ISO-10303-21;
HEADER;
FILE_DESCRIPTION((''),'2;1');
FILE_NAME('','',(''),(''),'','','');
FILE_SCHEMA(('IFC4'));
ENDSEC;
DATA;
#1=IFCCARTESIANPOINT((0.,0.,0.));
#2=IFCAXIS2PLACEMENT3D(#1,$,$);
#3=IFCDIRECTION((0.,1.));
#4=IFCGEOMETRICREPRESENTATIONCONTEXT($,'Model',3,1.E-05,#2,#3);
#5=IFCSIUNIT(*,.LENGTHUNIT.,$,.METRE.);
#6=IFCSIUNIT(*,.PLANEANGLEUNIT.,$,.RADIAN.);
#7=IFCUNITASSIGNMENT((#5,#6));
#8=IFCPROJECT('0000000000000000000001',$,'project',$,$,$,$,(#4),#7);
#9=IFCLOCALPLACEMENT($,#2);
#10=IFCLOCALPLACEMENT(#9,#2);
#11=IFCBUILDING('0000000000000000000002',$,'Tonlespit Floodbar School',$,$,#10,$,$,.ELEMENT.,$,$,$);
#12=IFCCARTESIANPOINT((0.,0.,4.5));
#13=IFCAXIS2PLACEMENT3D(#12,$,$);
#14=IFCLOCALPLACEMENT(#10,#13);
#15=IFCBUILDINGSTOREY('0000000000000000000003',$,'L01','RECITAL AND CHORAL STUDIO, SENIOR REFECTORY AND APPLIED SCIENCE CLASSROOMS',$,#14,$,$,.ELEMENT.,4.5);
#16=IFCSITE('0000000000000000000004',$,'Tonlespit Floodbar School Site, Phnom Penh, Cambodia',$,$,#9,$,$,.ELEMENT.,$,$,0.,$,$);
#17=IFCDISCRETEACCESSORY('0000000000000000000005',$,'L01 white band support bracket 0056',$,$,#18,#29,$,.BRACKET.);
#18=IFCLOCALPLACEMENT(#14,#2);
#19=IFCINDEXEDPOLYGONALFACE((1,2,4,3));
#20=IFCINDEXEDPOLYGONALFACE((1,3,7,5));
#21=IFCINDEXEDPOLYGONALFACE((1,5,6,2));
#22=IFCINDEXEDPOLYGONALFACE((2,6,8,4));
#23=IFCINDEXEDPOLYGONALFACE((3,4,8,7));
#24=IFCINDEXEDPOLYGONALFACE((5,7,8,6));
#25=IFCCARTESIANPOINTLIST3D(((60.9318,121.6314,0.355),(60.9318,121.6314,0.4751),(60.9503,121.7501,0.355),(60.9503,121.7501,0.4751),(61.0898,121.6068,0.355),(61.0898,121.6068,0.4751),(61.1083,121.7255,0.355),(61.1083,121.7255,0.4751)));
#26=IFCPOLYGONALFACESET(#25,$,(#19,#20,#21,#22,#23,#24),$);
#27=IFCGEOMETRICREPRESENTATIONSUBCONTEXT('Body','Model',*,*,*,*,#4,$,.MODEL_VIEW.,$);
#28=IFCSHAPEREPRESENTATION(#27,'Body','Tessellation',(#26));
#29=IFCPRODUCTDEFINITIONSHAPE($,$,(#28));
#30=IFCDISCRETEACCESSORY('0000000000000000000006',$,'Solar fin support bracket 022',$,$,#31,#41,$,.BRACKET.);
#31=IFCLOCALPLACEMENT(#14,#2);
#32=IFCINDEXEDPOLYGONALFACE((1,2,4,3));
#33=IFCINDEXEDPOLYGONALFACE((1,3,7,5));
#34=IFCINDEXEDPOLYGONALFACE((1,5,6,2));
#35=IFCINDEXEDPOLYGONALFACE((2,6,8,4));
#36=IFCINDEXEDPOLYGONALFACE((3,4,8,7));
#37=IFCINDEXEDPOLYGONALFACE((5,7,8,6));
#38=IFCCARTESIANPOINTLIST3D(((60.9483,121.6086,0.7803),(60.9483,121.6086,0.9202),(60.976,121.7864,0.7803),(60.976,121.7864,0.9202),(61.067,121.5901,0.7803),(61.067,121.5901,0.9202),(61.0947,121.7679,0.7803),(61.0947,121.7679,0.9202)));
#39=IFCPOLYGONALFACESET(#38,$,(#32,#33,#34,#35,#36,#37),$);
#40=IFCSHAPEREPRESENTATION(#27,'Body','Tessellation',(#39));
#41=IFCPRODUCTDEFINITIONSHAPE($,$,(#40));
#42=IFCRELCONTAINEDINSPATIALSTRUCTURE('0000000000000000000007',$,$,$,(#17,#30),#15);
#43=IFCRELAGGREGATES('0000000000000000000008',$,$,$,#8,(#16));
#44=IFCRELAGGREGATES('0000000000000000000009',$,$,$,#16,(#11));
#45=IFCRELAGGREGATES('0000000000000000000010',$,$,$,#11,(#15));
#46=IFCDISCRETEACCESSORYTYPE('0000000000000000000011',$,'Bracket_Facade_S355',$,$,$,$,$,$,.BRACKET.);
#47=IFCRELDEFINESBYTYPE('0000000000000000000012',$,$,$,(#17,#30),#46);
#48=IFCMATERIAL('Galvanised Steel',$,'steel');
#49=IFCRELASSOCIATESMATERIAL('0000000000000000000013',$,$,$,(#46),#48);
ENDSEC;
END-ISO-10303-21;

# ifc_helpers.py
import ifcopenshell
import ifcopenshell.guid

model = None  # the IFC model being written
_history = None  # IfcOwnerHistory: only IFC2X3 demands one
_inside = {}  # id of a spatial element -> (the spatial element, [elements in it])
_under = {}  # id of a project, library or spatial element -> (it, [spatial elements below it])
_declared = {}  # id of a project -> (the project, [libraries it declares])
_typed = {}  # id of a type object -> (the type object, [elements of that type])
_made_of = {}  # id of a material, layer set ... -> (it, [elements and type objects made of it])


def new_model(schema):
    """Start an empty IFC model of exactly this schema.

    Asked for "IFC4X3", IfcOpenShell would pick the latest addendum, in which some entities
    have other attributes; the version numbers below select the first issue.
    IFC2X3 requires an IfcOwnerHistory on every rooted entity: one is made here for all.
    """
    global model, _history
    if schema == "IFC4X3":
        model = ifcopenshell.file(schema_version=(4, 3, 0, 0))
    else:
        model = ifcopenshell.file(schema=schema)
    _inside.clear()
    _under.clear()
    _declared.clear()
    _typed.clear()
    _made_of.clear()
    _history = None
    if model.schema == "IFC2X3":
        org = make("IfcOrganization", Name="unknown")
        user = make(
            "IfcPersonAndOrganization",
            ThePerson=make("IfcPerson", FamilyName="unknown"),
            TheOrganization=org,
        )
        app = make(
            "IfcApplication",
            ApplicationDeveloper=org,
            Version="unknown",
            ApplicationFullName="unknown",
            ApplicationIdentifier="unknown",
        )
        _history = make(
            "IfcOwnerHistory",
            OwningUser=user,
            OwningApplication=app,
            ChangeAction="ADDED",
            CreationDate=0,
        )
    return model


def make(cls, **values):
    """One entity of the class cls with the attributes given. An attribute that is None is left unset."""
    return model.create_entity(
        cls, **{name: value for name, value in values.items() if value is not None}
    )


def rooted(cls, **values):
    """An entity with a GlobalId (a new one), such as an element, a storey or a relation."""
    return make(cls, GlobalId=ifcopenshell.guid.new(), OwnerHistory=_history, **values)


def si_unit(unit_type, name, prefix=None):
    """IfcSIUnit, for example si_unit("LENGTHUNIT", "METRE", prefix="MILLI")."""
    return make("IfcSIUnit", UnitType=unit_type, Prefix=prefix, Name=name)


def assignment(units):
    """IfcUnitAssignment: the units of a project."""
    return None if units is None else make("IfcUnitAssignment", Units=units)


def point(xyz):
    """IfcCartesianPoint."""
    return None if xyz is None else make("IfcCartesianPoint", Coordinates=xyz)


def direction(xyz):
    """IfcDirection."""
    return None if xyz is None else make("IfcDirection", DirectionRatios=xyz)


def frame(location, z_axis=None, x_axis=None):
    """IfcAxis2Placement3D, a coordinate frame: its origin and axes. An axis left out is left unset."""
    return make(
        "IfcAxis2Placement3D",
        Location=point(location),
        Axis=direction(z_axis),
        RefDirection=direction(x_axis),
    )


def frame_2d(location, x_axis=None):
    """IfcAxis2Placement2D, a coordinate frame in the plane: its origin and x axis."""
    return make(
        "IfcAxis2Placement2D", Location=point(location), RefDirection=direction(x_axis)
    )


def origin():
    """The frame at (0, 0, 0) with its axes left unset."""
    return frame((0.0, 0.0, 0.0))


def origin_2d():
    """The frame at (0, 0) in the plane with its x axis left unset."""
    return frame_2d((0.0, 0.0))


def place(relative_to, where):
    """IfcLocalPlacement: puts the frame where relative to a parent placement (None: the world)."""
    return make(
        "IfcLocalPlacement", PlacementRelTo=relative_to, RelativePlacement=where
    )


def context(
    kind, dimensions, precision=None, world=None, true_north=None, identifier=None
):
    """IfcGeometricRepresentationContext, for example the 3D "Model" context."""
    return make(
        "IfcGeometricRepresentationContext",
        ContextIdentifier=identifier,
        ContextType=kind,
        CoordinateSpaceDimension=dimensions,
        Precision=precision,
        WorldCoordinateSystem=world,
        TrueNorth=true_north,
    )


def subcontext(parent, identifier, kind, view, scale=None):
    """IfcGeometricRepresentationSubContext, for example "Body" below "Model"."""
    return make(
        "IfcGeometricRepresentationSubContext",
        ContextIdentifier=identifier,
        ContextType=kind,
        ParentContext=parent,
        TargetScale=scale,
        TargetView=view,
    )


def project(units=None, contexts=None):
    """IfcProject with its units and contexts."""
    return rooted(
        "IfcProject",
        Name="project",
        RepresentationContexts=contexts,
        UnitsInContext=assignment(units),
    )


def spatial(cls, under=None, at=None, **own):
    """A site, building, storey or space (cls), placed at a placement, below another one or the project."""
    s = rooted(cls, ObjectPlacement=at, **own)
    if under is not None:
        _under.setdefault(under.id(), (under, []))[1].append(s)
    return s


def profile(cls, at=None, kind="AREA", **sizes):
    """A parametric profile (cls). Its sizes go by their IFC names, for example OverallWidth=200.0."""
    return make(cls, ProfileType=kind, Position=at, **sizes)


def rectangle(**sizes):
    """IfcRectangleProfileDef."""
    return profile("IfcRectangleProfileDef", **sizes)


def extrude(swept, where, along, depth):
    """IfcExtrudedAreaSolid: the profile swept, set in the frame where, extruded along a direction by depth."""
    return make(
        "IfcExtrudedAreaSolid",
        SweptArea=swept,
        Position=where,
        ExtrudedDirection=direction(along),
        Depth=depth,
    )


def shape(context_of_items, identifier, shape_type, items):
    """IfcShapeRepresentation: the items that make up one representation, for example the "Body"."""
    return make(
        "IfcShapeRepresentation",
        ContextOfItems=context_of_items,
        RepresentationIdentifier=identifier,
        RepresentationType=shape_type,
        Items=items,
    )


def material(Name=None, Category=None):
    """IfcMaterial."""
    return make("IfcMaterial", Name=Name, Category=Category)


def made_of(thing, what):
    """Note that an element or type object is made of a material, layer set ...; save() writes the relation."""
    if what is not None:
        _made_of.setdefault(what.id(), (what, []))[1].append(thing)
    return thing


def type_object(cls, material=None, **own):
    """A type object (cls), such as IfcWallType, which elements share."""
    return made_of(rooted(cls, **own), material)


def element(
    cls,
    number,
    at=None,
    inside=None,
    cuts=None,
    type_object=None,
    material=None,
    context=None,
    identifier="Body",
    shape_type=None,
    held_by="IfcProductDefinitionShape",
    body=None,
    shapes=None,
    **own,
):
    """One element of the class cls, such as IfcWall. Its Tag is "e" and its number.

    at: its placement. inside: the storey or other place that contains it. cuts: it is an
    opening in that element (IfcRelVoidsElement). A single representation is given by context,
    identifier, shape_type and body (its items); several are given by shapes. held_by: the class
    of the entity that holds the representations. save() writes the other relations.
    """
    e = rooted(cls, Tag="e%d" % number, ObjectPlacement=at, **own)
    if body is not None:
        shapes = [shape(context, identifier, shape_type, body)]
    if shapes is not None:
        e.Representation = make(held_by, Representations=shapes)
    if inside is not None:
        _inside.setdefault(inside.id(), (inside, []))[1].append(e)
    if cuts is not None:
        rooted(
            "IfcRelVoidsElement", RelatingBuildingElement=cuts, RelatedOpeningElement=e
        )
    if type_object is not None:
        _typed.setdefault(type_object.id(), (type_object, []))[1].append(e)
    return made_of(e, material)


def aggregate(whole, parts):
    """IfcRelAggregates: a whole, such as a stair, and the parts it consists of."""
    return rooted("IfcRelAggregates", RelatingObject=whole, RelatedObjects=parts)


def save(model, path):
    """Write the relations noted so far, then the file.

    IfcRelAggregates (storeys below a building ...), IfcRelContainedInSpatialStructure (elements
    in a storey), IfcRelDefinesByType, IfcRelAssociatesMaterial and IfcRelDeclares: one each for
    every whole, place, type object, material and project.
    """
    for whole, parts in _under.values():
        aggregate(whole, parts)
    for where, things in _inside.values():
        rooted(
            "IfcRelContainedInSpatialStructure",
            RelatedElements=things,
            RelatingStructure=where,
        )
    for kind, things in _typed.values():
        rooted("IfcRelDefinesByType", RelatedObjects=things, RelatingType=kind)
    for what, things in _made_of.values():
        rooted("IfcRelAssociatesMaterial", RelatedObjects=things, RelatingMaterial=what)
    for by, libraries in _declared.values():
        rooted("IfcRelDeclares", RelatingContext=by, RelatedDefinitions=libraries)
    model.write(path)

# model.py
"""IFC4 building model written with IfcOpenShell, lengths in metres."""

from ifc_helpers import new_model, si_unit, direction, frame, origin, origin_2d, place, context, subcontext, project, spatial, rectangle, extrude, material, type_object, element, save


model = new_model("IFC4")

# Units and contexts
model_context = context("Model", 3, precision=1e-05, world=origin(), true_north=direction((0.0, 1.0)))
body_context = subcontext(model_context, "Body", "Model", "MODEL_VIEW")
ifc_project = project(units=[si_unit("LENGTHUNIT", "METRE"), si_unit("PLANEANGLEUNIT", "RADIAN")], contexts=[model_context])

# Site, building, storey
site_placement = place(None, origin())
site = spatial("IfcSite", under=ifc_project, at=site_placement, Name="Tonlespit Floodbar School Site, Phnom Penh, Cambodia", CompositionType="ELEMENT", RefElevation=0.0)
building_placement = place(site_placement, origin())
building = spatial("IfcBuilding", under=site, at=building_placement, Name="Tonlespit Floodbar School", CompositionType="ELEMENT")
storey_placement = place(building_placement, frame((0.0, 0.0, 4.5)))
storey = spatial("IfcBuildingStorey", under=building, at=storey_placement, Name="L01", Description="RECITAL AND CHORAL STUDIO, SENIOR REFECTORY AND APPLIED SCIENCE CLASSROOMS", CompositionType="ELEMENT", Elevation=4.5)

# Discrete accessories
ifc_material_1 = material(Name="Galvanised Steel", Category="steel")
discrete_accessory_type = type_object("IfcDiscreteAccessoryType", Name="Bracket_Facade_S355", PredefinedType="BRACKET", material=ifc_material_1)
for number, where, z_axis, x_axis, name in (
    (1, (61.02, 121.6785, 0.355), (0.0, 0.0, 1.0), (0.988095, -0.153846, 0.0), "L01 white band support bracket 0056"),
):
    element("IfcDiscreteAccessory", number, at=place(storey_placement, frame(where, z_axis=z_axis, x_axis=x_axis)), inside=storey, type_object=discrete_accessory_type, Name=name, PredefinedType="BRACKET", context=body_context, shape_type="SweptSolid", body=[
        extrude(rectangle(XDim=0.1599, YDim=0.1201, at=origin_2d()), origin(), (0.0, 0.0, 1.0), 0.1201),
    ])
discrete_accessory_placement = place(storey_placement, frame((61.0215, 121.6882, 0.7803), z_axis=(0.0, 0.0, 1.0), x_axis=(0.988095, -0.153846, 0.0)))
element("IfcDiscreteAccessory", 2, at=discrete_accessory_placement, inside=storey, type_object=discrete_accessory_type, Name="Solar fin support bracket 022", PredefinedType="BRACKET", context=body_context, shape_type="SweptSolid", body=[
    extrude(rectangle(XDim=0.1201, YDim=0.1799, at=origin_2d()), origin(), (0.0, 0.0, 1.0), 0.1399),
])

save(model, "model.ifc")
